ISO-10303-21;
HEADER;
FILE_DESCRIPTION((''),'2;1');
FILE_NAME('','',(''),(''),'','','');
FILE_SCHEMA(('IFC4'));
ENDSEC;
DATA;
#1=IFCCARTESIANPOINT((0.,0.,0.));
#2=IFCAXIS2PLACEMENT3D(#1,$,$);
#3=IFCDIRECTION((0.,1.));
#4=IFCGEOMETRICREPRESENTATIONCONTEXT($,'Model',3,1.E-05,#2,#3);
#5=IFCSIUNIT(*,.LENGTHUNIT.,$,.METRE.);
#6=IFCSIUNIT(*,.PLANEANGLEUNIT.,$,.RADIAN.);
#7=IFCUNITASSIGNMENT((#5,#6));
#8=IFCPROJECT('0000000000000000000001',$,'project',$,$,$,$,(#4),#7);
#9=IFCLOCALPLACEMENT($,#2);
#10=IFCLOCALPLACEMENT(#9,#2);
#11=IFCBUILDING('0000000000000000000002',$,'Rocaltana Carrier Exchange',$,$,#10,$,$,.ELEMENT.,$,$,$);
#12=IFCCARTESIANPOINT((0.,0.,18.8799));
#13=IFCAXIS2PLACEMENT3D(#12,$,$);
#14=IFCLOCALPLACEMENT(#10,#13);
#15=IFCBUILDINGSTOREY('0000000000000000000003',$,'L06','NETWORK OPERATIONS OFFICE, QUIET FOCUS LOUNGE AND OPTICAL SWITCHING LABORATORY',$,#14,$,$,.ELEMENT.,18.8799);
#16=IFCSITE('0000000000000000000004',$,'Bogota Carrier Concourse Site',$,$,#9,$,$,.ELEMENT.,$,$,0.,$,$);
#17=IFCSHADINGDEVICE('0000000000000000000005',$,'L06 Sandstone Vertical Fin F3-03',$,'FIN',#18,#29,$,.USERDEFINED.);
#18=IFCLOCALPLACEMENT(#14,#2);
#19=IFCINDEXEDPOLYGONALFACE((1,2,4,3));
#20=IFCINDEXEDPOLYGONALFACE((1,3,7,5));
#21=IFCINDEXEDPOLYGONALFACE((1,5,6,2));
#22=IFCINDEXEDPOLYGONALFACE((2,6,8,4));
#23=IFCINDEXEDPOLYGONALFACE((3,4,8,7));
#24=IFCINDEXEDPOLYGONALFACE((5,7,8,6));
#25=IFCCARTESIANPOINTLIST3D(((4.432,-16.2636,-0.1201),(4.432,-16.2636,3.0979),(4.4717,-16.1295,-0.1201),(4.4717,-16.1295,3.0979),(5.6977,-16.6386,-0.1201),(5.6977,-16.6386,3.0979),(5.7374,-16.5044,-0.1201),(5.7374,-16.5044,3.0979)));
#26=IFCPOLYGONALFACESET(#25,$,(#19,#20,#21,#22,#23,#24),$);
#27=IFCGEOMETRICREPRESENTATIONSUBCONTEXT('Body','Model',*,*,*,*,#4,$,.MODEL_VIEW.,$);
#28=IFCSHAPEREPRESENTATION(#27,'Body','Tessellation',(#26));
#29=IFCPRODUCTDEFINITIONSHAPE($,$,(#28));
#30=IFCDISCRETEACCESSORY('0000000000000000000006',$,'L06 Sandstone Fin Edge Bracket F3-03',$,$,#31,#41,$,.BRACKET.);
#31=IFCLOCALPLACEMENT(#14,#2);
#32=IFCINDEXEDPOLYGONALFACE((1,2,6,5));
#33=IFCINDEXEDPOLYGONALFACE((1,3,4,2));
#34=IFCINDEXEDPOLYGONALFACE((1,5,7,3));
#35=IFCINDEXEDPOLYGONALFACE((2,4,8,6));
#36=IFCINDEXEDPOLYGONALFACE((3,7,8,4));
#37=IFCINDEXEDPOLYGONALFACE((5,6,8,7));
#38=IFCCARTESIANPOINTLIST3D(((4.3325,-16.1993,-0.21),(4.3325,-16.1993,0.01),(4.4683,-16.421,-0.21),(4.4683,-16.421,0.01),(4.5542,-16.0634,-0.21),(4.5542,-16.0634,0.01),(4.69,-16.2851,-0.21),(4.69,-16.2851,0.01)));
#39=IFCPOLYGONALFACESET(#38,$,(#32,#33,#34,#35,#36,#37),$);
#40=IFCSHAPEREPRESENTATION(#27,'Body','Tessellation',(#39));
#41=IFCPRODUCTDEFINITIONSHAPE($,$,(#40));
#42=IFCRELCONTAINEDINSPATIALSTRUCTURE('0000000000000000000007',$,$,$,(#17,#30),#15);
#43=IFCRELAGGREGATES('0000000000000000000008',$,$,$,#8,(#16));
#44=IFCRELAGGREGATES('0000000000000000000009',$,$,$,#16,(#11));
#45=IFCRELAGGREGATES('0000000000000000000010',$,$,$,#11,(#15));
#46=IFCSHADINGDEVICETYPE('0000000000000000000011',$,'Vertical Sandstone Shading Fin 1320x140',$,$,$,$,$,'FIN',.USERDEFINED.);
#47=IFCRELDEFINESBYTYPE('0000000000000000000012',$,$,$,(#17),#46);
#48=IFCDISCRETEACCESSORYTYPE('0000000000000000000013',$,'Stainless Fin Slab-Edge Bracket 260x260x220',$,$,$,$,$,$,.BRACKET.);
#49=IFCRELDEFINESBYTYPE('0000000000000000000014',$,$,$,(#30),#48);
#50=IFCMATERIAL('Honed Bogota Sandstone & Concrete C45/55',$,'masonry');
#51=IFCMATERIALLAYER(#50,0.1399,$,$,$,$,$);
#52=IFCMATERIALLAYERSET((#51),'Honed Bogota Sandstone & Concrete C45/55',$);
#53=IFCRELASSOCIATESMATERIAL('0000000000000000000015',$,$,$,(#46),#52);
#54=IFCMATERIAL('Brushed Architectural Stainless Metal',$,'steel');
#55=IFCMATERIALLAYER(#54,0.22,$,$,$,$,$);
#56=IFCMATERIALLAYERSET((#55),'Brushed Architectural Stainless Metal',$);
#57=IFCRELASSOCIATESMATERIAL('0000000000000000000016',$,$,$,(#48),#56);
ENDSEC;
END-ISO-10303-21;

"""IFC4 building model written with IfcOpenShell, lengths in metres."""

from ifc_helpers import new_model, si_unit, direction, frame, origin, origin_2d, place, context, subcontext, project, spatial, rectangle, extrude, material, layer, layer_set, type_object, element, save


model = new_model("IFC4")

# Units and contexts
model_context = context("Model", 3, precision=1e-05, world=origin(), true_north=direction((0.0, 1.0)))
body_context = subcontext(model_context, "Body", "Model", "MODEL_VIEW")
ifc_project = project(units=[si_unit("LENGTHUNIT", "METRE"), si_unit("PLANEANGLEUNIT", "RADIAN")], contexts=[model_context])

# Site, building, storey
site_placement = place(None, origin())
site = spatial("IfcSite", under=ifc_project, at=site_placement, Name="Bogota Carrier Concourse Site", CompositionType="ELEMENT", RefElevation=0.0)
building_placement = place(site_placement, origin())
building = spatial("IfcBuilding", under=site, at=building_placement, Name="Rocaltana Carrier Exchange", CompositionType="ELEMENT")
storey_placement = place(building_placement, frame((0.0, 0.0, 18.8799)))
storey = spatial("IfcBuildingStorey", under=building, at=storey_placement, Name="L06", Description="NETWORK OPERATIONS OFFICE, QUIET FOCUS LOUNGE AND OPTICAL SWITCHING LABORATORY", CompositionType="ELEMENT", Elevation=18.8799)

# Shading device
ifc_material_1 = material(Name="Honed Bogota Sandstone & Concrete C45/55", Category="masonry")
ifc_layer_1 = layer(ifc_material_1, 0.1399)
ifc_layer_set_1 = layer_set([ifc_layer_1], Name="Honed Bogota Sandstone & Concrete C45/55")
shading_device_type = type_object("IfcShadingDeviceType", Name="Vertical Sandstone Shading Fin 1320x140", ElementType="FIN", PredefinedType="USERDEFINED", material=ifc_layer_set_1)
shading_device_placement = place(storey_placement, frame((5.0847, -16.384, -0.1201), z_axis=(0.0, 0.0, 1.0), x_axis=(0.95882, -0.284015, 0.0)))
element("IfcShadingDevice", 1, at=shading_device_placement, inside=storey, type_object=shading_device_type, Name="L06 Sandstone Vertical Fin F3-03", ObjectType="FIN", PredefinedType="USERDEFINED", context=body_context, shape_type="SweptSolid", body=[
    extrude(rectangle(XDim=1.3201, YDim=0.1399, at=origin_2d()), origin(), (0.0, 0.0, 1.0), 3.218),
])

# Discrete accessory
ifc_material_2 = material(Name="Brushed Architectural Stainless Metal", Category="steel")
ifc_layer_2 = layer(ifc_material_2, 0.22)
ifc_layer_set_2 = layer_set([ifc_layer_2], Name="Brushed Architectural Stainless Metal")
discrete_accessory_type = type_object("IfcDiscreteAccessoryType", Name="Stainless Fin Slab-Edge Bracket 260x260x220", PredefinedType="BRACKET", material=ifc_layer_set_2)
discrete_accessory_placement = place(storey_placement, frame((4.5112, -16.2422, -0.21), z_axis=(0.0, 0.0, 1.0), x_axis=(0.85264, 0.522499, 0.0)))
element("IfcDiscreteAccessory", 2, at=discrete_accessory_placement, inside=storey, type_object=discrete_accessory_type, Name="L06 Sandstone Fin Edge Bracket F3-03", PredefinedType="BRACKET", context=body_context, shape_type="SweptSolid", body=[
    extrude(rectangle(XDim=0.26, YDim=0.26, at=origin_2d()), origin(), (0.0, 0.0, 1.0), 0.22),
])

save(model, "model.ifc")
